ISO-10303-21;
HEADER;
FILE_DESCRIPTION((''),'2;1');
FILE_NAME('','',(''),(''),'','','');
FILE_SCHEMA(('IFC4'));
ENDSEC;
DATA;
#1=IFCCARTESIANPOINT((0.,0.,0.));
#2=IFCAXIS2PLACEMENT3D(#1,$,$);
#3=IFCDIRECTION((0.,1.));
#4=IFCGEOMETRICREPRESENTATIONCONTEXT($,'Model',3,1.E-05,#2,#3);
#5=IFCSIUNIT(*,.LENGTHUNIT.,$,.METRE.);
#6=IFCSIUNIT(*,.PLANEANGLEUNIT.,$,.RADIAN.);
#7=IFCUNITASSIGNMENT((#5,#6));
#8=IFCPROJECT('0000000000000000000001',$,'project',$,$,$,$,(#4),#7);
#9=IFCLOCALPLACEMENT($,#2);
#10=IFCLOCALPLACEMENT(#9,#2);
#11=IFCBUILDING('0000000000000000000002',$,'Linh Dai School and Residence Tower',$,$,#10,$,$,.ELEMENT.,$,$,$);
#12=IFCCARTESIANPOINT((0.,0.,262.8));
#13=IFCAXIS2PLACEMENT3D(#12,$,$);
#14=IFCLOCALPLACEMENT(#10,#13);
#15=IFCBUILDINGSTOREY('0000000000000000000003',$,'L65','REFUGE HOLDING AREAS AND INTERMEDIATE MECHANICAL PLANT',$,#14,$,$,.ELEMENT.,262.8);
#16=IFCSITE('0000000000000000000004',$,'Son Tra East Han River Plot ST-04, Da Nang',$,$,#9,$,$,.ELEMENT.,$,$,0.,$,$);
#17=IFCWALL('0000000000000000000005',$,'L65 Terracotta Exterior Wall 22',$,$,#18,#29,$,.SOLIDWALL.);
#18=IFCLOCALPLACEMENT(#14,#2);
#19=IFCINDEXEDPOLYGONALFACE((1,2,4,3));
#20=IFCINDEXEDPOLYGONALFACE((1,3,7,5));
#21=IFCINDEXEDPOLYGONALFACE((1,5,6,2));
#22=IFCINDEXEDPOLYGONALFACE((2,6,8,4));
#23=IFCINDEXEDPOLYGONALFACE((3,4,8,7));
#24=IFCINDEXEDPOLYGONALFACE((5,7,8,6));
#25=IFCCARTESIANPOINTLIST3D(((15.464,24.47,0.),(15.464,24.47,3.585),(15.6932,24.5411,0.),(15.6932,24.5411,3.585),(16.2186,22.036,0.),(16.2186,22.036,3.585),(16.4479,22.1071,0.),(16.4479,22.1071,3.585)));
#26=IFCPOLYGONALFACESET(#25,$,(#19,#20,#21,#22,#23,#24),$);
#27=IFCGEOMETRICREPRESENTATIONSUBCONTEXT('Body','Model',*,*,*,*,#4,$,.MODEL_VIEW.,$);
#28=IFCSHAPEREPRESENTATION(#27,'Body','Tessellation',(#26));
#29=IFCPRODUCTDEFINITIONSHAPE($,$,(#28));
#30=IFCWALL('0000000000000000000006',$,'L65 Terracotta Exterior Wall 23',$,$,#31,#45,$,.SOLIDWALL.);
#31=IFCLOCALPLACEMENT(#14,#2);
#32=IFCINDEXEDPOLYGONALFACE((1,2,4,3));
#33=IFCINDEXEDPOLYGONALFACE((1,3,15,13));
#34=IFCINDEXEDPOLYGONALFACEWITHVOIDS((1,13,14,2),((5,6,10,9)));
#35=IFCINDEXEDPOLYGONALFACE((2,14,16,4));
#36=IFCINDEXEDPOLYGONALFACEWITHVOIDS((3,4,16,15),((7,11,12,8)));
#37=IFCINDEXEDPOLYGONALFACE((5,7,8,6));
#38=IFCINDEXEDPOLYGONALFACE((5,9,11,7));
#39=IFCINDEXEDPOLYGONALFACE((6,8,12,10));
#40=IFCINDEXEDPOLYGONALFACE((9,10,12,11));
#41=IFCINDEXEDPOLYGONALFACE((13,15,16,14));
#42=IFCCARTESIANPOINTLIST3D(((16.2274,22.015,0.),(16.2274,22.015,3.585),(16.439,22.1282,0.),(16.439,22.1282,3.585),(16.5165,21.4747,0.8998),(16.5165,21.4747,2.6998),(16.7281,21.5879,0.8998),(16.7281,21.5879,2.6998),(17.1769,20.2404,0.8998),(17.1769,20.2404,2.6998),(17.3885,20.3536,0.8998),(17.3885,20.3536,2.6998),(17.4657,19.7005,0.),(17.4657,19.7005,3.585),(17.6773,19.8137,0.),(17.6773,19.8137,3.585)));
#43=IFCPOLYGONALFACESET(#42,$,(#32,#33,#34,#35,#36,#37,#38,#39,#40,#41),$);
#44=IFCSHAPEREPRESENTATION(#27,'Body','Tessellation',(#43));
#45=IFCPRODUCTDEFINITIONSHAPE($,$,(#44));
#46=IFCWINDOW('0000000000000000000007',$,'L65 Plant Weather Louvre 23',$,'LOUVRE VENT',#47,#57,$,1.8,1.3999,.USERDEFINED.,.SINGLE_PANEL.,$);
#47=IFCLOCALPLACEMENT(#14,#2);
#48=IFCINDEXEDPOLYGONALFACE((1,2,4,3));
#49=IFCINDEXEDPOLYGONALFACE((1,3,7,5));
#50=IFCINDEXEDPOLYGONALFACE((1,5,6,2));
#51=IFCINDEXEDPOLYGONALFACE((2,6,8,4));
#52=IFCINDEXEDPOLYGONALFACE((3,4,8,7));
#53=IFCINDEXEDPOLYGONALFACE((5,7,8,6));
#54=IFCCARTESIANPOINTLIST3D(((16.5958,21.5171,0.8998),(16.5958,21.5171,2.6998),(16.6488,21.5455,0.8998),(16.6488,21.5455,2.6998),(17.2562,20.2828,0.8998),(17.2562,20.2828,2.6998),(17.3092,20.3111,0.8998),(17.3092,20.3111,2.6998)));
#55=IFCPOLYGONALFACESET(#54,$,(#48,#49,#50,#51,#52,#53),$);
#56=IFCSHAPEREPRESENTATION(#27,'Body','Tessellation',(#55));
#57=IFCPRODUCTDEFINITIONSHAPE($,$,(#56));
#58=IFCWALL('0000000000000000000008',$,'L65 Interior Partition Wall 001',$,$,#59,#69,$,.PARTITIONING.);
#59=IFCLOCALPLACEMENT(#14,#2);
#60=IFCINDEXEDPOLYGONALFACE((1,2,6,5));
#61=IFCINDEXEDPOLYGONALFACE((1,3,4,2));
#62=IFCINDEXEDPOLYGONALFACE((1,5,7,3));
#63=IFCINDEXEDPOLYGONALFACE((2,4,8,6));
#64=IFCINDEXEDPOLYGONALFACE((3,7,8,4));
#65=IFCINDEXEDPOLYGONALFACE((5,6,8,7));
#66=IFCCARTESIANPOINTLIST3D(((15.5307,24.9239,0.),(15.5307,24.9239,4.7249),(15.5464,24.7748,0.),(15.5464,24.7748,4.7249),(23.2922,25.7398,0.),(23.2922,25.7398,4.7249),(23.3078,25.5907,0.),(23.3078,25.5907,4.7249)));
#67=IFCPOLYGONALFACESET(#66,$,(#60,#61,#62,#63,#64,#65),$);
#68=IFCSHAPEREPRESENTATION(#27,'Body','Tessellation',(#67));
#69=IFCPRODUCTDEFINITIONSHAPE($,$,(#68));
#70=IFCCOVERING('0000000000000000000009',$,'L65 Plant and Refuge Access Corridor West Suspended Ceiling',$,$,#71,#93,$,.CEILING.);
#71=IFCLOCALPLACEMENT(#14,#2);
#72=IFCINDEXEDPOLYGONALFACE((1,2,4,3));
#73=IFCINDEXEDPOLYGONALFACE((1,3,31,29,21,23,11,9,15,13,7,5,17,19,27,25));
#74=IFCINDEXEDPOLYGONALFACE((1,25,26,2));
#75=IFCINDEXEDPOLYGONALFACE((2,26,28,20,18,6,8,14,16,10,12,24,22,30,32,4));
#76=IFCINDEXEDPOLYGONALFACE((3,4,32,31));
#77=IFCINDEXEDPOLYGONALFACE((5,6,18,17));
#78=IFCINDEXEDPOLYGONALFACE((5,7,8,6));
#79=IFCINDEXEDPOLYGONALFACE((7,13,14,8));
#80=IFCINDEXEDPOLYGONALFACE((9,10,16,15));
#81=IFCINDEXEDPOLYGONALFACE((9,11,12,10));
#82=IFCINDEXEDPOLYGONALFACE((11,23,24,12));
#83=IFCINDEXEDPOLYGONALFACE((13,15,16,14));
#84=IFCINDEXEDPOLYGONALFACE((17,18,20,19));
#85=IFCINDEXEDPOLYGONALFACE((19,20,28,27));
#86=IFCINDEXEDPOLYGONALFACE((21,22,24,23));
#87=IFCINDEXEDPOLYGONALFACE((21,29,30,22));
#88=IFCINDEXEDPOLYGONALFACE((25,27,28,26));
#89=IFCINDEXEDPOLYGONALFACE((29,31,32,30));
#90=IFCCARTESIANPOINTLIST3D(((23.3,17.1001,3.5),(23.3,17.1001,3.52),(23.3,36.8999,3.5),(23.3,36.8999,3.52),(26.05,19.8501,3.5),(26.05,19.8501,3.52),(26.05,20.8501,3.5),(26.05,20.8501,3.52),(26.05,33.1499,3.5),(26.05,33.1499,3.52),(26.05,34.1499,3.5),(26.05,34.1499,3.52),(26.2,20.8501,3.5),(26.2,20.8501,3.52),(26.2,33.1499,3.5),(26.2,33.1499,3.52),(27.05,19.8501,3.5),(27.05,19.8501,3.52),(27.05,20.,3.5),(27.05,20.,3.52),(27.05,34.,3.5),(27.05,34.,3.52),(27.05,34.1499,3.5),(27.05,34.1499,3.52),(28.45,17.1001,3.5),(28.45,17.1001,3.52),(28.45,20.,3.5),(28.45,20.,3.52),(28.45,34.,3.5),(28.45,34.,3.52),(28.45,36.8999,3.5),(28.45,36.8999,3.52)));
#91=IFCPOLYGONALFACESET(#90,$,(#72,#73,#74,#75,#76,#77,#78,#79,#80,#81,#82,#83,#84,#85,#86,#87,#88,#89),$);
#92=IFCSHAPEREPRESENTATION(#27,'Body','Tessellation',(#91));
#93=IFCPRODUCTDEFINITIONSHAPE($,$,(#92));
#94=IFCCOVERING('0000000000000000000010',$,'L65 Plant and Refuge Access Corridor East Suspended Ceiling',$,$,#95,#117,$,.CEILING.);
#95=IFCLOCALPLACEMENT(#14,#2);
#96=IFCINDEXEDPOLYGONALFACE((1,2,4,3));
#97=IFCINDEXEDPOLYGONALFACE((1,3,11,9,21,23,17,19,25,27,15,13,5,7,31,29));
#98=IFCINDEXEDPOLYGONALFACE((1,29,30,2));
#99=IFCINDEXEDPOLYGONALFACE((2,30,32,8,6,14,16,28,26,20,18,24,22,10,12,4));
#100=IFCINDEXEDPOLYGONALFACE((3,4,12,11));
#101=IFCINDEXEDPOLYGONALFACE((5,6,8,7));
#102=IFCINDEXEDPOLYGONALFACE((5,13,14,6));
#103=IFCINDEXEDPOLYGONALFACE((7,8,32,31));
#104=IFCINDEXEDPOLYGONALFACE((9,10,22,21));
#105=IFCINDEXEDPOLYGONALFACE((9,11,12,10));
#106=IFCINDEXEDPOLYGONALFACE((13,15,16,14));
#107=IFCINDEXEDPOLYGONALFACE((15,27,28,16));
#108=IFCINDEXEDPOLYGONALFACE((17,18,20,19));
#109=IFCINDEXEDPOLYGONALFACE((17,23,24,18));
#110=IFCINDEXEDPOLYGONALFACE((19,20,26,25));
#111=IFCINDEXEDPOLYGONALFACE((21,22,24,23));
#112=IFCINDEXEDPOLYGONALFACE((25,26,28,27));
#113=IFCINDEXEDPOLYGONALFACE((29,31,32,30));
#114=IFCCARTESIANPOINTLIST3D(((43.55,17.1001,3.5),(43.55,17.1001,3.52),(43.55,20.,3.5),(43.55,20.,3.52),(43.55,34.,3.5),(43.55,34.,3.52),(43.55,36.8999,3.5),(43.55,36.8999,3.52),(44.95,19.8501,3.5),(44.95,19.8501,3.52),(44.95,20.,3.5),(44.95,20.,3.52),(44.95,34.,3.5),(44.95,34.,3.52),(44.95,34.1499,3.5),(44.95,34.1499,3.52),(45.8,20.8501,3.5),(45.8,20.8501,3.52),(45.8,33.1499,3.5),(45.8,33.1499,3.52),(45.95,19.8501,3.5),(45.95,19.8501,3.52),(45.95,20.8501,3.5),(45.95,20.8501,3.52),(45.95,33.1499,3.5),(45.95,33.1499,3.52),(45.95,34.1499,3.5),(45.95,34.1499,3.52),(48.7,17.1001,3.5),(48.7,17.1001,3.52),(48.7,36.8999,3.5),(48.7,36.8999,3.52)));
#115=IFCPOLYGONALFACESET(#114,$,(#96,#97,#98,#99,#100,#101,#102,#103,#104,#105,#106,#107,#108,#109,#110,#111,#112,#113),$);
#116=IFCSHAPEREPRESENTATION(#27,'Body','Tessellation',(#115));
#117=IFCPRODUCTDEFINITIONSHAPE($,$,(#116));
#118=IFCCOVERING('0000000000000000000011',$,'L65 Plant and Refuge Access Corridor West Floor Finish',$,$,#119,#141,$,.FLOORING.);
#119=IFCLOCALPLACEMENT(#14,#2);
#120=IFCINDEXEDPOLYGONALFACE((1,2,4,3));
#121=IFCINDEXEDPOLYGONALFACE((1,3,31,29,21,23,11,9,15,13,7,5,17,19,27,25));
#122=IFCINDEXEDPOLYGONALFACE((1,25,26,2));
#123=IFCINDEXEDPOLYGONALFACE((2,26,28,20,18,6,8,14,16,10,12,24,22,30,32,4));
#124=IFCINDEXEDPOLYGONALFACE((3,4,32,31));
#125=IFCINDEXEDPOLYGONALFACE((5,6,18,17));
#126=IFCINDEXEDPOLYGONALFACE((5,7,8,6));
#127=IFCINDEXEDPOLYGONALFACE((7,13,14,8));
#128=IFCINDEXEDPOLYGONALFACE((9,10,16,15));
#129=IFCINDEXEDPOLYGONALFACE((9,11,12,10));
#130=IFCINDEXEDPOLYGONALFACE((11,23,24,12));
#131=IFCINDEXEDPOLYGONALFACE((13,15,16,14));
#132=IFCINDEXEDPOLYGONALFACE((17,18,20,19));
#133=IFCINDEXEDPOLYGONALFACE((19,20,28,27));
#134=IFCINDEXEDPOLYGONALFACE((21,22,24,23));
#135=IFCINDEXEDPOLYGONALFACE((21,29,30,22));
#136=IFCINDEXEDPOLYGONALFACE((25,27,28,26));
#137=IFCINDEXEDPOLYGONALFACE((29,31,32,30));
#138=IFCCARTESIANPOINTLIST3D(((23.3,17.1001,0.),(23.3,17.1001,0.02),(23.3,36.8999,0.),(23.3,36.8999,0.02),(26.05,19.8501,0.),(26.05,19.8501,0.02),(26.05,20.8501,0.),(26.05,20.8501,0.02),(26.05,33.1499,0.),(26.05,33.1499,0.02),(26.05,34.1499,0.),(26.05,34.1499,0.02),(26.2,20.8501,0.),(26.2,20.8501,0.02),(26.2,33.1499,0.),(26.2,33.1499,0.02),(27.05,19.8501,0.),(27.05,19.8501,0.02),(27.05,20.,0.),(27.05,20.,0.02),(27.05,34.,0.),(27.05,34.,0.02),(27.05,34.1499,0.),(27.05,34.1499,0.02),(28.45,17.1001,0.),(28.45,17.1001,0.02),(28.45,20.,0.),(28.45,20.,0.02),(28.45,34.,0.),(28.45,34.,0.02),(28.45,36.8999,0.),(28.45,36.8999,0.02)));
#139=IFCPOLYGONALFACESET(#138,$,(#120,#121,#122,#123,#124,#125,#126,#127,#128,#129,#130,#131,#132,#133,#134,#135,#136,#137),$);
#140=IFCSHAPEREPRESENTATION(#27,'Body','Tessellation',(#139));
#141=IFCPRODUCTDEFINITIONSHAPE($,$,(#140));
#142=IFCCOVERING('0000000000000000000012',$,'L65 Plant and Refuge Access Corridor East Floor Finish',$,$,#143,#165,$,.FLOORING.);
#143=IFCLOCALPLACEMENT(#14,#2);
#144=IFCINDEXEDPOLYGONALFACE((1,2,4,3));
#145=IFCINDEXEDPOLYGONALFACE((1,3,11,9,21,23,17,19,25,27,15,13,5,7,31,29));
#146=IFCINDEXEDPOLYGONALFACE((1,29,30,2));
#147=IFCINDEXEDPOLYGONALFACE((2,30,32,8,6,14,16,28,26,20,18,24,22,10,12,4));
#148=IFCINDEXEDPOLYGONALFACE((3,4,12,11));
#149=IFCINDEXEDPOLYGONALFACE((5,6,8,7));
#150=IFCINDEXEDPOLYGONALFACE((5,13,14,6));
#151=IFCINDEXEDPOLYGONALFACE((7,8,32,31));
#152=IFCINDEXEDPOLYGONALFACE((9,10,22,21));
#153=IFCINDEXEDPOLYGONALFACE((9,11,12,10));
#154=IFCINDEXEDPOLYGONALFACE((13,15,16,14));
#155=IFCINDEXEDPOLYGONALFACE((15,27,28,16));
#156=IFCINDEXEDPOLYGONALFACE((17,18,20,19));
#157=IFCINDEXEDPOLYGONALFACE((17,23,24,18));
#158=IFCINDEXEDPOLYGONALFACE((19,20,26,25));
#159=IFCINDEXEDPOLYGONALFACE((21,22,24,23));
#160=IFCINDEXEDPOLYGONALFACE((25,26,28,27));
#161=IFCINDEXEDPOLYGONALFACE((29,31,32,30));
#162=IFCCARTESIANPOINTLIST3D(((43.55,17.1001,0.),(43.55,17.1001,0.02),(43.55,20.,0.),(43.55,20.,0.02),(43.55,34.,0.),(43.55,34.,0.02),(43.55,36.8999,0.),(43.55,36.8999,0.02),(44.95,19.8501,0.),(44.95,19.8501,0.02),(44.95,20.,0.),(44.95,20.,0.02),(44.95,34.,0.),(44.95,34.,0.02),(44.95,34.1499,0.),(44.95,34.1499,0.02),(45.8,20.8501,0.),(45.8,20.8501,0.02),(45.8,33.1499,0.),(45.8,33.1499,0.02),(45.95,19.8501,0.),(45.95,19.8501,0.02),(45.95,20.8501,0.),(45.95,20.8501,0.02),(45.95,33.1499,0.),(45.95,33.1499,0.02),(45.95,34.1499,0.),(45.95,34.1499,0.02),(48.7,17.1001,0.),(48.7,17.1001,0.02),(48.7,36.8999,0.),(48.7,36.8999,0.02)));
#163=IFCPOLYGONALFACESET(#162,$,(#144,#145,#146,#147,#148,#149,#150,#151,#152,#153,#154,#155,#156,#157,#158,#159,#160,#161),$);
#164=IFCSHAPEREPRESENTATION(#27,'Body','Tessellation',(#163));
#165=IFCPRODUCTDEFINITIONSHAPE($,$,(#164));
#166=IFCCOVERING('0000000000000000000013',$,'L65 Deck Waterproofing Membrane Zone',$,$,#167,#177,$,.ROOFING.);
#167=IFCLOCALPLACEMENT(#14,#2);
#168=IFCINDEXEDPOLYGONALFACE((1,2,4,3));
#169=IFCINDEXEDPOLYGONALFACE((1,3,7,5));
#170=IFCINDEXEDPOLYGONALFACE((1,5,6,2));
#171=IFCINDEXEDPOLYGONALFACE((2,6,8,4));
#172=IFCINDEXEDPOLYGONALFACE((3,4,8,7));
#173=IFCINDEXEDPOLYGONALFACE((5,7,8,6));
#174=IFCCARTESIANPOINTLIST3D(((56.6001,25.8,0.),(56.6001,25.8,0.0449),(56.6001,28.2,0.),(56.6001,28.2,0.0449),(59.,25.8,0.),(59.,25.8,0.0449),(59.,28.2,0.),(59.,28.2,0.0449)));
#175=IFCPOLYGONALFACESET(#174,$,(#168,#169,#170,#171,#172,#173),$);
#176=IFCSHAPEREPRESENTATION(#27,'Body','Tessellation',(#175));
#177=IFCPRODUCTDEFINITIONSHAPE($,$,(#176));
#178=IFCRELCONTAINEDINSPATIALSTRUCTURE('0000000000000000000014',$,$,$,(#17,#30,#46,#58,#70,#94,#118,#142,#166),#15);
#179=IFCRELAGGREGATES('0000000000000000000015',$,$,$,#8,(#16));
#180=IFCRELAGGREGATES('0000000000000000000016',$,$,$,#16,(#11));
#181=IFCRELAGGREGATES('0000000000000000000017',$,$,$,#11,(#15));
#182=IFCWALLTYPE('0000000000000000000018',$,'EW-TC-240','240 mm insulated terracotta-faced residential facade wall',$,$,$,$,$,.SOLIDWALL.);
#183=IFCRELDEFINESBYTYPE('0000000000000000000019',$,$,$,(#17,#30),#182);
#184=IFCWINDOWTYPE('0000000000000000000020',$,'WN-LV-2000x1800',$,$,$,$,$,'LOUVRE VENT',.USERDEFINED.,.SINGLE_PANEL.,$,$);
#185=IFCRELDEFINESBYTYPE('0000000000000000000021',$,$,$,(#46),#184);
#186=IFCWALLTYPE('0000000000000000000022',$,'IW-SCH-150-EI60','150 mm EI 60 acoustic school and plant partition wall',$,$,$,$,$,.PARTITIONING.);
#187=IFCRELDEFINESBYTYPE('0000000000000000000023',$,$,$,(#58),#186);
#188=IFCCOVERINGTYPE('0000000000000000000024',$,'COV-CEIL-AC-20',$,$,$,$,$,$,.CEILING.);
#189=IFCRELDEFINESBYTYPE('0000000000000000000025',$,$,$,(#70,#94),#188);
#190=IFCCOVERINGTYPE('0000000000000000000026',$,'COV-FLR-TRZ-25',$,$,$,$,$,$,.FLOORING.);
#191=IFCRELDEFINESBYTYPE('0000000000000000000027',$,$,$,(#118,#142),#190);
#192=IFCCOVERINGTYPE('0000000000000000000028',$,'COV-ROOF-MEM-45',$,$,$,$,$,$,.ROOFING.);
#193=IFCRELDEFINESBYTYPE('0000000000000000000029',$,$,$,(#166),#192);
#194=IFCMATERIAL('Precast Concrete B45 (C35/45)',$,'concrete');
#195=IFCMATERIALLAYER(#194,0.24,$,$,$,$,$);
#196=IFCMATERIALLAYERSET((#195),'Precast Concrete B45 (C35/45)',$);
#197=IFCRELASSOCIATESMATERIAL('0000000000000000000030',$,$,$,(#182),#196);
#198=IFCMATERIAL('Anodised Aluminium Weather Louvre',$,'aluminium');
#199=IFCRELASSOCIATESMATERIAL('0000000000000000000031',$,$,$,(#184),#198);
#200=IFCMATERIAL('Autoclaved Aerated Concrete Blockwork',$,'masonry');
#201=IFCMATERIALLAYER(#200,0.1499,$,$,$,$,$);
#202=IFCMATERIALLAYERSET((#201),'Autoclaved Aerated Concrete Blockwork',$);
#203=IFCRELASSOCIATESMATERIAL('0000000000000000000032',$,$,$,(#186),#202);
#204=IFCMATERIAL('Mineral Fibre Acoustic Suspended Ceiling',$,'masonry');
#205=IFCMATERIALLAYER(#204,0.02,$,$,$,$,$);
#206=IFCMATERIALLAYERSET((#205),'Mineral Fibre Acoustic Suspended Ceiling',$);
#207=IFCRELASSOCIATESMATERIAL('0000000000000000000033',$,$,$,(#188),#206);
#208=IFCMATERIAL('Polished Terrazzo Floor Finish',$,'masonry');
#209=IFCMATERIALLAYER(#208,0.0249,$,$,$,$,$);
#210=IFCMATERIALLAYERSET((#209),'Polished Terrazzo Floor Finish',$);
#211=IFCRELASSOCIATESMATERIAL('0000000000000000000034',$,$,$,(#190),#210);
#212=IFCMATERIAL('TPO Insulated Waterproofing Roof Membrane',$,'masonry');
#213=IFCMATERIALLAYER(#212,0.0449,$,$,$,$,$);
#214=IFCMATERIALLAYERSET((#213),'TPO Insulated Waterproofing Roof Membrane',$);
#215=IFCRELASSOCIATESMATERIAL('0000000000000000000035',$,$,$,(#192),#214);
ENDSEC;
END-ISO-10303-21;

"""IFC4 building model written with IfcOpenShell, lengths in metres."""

from ifc_helpers import new_model, si_unit, direction, frame, frame_2d, origin, origin_2d, place, context, subcontext, project, spatial, polyline, rectangle, outline, extrude, source, transform, mapped, material, layer, layer_set, type_object, element, fill, save


model = new_model("IFC4")

# Units and contexts
model_context = context("Model", 3, precision=1e-05, world=origin(), true_north=direction((0.0, 1.0)))
body_context = subcontext(model_context, "Body", "Model", "MODEL_VIEW")
ifc_project = project(units=[si_unit("LENGTHUNIT", "METRE"), si_unit("PLANEANGLEUNIT", "RADIAN")], contexts=[model_context])

# Site, building, storey
site_placement = place(None, origin())
site = spatial("IfcSite", under=ifc_project, at=site_placement, Name="Son Tra East Han River Plot ST-04, Da Nang", CompositionType="ELEMENT", RefElevation=0.0)
building_placement = place(site_placement, origin())
building = spatial("IfcBuilding", under=site, at=building_placement, Name="Linh Dai School and Residence Tower", CompositionType="ELEMENT")
storey_placement = place(building_placement, frame((0.0, 0.0, 262.8)))
storey = spatial("IfcBuildingStorey", under=building, at=storey_placement, Name="L65", Description="REFUGE HOLDING AREAS AND INTERMEDIATE MECHANICAL PLANT", CompositionType="ELEMENT", Elevation=262.8)

# Wall
ifc_material_1 = material(Name="Precast Concrete B45 (C35/45)", Category="concrete")
ifc_layer_1 = layer(ifc_material_1, 0.24)
ifc_layer_set_1 = layer_set([ifc_layer_1], Name="Precast Concrete B45 (C35/45)")
wall_type_1 = type_object("IfcWallType", Name="EW-TC-240", Description="240 mm insulated terracotta-faced residential facade wall", PredefinedType="SOLIDWALL", material=ifc_layer_set_1)
wall_1_placement = place(storey_placement, frame((16.3333, 22.0715, 0.0), z_axis=(0.0, 0.0, 1.0), x_axis=(-0.296125, 0.955149, 0.0)))
element("IfcWall", 1, at=wall_1_placement, inside=storey, type_object=wall_type_1, Name="L65 Terracotta Exterior Wall 22", PredefinedType="SOLIDWALL", context=body_context, shape_type="SweptSolid", body=[
    extrude(rectangle(XDim=2.5483, YDim=0.24, at=frame_2d((1.2742, 0.0))), origin(), (0.0, 0.0, 1.0), 3.585),
])

# Wall, opening, window
wall_2_placement = place(storey_placement, frame((17.5715, 19.7571, 0.0), z_axis=(0.0, 0.0, 1.0), x_axis=(-0.471746, 0.881734, 0.0)))
wall_2 = element("IfcWall", 2, at=wall_2_placement, inside=storey, type_object=wall_type_1, Name="L65 Terracotta Exterior Wall 23", PredefinedType="SOLIDWALL", context=body_context, shape_type="SweptSolid", body=[
    extrude(rectangle(XDim=2.625, YDim=0.24, at=frame_2d((1.3125, 0.0))), origin(), (0.0, 0.0, 1.0), 3.585),
])
opening_placement = place(wall_2_placement, frame((0.6123, 0.0, 0.8999)))
opening = element("IfcOpeningElement", 3, at=opening_placement, cuts=wall_2, PredefinedType="OPENING", context=body_context, shape_type="SweptSolid", body=[
    extrude(rectangle(XDim=1.3999, YDim=1.8, at=origin_2d()), frame((0.7, 0.1299, 0.8999), z_axis=(0.0, -1.0, 0.0), x_axis=(1.0, 0.0, 0.0)), (0.0, 0.0, 1.0), 0.26),
])
ifc_material_2 = material(Name="Anodised Aluminium Weather Louvre", Category="aluminium")
window_type = type_object("IfcWindowType", Name="WN-LV-2000x1800", ElementType="LOUVRE VENT", PartitioningType="SINGLE_PANEL", PredefinedType="USERDEFINED", material=ifc_material_2)
shared_shape_1 = source(origin(), body_context, "Body", "SweptSolid", [
    extrude(rectangle(XDim=1.3999, YDim=1.8, at=origin_2d()), frame((0.7, 0.03, 0.8999), z_axis=(0.0, -1.0, 0.0), x_axis=(1.0, 0.0, 0.0)), (0.0, 0.0, 1.0), 0.0601),
])
window_placement = place(opening_placement, origin())
window = element("IfcWindow", 4, at=window_placement, inside=storey, type_object=window_type, Name="L65 Plant Weather Louvre 23", ObjectType="LOUVRE VENT", OverallHeight=1.8, OverallWidth=1.3999, PartitioningType="SINGLE_PANEL", PredefinedType="USERDEFINED", context=body_context, shape_type="MappedRepresentation", body=[
    mapped(shared_shape_1, transform((0.0, 0.0, 0.0), x_axis=(1.0, 0.0, 0.0), y_axis=(0.0, 1.0, 0.0), z_axis=(0.0, 0.0, 1.0), scale=1.0)),
])
fill(opening, window)

# Wall
ifc_material_3 = material(Name="Autoclaved Aerated Concrete Blockwork", Category="masonry")
ifc_layer_2 = layer(ifc_material_3, 0.1499)
ifc_layer_set_2 = layer_set([ifc_layer_2], Name="Autoclaved Aerated Concrete Blockwork")
wall_type_2 = type_object("IfcWallType", Name="IW-SCH-150-EI60", Description="150 mm EI 60 acoustic school and plant partition wall", PredefinedType="PARTITIONING", material=ifc_layer_set_2)
wall_3_placement = place(storey_placement, frame((15.5386, 24.8494, 0.0), z_axis=(0.0, 0.0, 1.0), x_axis=(0.99452, 0.104548, 0.0)))
element("IfcWall", 5, at=wall_3_placement, inside=storey, type_object=wall_type_2, Name="L65 Interior Partition Wall 001", PredefinedType="PARTITIONING", context=body_context, shape_type="SweptSolid", body=[
    extrude(rectangle(XDim=7.8042, YDim=0.1499, at=frame_2d((3.9021, 0.0))), origin(), (0.0, 0.0, 1.0), 4.7249),
])

# Coverings
ifc_material_4 = material(Name="Mineral Fibre Acoustic Suspended Ceiling", Category="masonry")
ifc_layer_3 = layer(ifc_material_4, 0.02)
ifc_layer_set_3 = layer_set([ifc_layer_3], Name="Mineral Fibre Acoustic Suspended Ceiling")
covering_type_1 = type_object("IfcCoveringType", Name="COV-CEIL-AC-20", PredefinedType="CEILING", material=ifc_layer_set_3)
covering_1_placement = place(storey_placement, frame((0.0, 0.0, 3.5)))
element("IfcCovering", 6, at=covering_1_placement, inside=storey, type_object=covering_type_1, Name="L65 Plant and Refuge Access Corridor West Suspended Ceiling", PredefinedType="CEILING", context=body_context, shape_type="SweptSolid", body=[
    extrude(outline(polyline([(23.3, 36.8999), (28.45, 36.8999), (28.45, 34.0), (27.05, 34.0), (27.05, 34.1499), (26.05, 34.1499), (26.05, 33.1499), (26.2, 33.1499), (26.2, 20.8501), (26.05, 20.8501), (26.05, 19.8501), (27.05, 19.8501), (27.05, 20.0), (28.45, 20.0), (28.45, 17.1001), (23.3, 17.1001), (23.3, 36.8999)])), origin(), (0.0, 0.0, 1.0), 0.02),
])
covering_2_placement = place(storey_placement, frame((0.0, 0.0, 3.5)))
element("IfcCovering", 7, at=covering_2_placement, inside=storey, type_object=covering_type_1, Name="L65 Plant and Refuge Access Corridor East Suspended Ceiling", PredefinedType="CEILING", context=body_context, shape_type="SweptSolid", body=[
    extrude(outline(polyline([(43.55, 20.0), (44.95, 20.0), (44.95, 19.8501), (45.95, 19.8501), (45.95, 20.8501), (45.8, 20.8501), (45.8, 33.1499), (45.95, 33.1499), (45.95, 34.1499), (44.95, 34.1499), (44.95, 34.0), (43.55, 34.0), (43.55, 36.8999), (48.7, 36.8999), (48.7, 17.1001), (43.55, 17.1001), (43.55, 20.0)])), origin(), (0.0, 0.0, 1.0), 0.02),
])
ifc_material_5 = material(Name="Polished Terrazzo Floor Finish", Category="masonry")
ifc_layer_4 = layer(ifc_material_5, 0.0249)
ifc_layer_set_4 = layer_set([ifc_layer_4], Name="Polished Terrazzo Floor Finish")
covering_type_2 = type_object("IfcCoveringType", Name="COV-FLR-TRZ-25", PredefinedType="FLOORING", material=ifc_layer_set_4)
covering_3_placement = place(storey_placement, origin())
element("IfcCovering", 8, at=covering_3_placement, inside=storey, type_object=covering_type_2, Name="L65 Plant and Refuge Access Corridor West Floor Finish", PredefinedType="FLOORING", context=body_context, shape_type="SweptSolid", body=[
    extrude(outline(polyline([(23.3, 36.8999), (28.45, 36.8999), (28.45, 34.0), (27.05, 34.0), (27.05, 34.1499), (26.05, 34.1499), (26.05, 33.1499), (26.2, 33.1499), (26.2, 20.8501), (26.05, 20.8501), (26.05, 19.8501), (27.05, 19.8501), (27.05, 20.0), (28.45, 20.0), (28.45, 17.1001), (23.3, 17.1001), (23.3, 36.8999)])), origin(), (0.0, 0.0, 1.0), 0.02),
])
covering_4_placement = place(storey_placement, origin())
element("IfcCovering", 9, at=covering_4_placement, inside=storey, type_object=covering_type_2, Name="L65 Plant and Refuge Access Corridor East Floor Finish", PredefinedType="FLOORING", context=body_context, shape_type="SweptSolid", body=[
    extrude(outline(polyline([(43.55, 20.0), (44.95, 20.0), (44.95, 19.8501), (45.95, 19.8501), (45.95, 20.8501), (45.8, 20.8501), (45.8, 33.1499), (45.95, 33.1499), (45.95, 34.1499), (44.95, 34.1499), (44.95, 34.0), (43.55, 34.0), (43.55, 36.8999), (48.7, 36.8999), (48.7, 17.1001), (43.55, 17.1001), (43.55, 20.0)])), origin(), (0.0, 0.0, 1.0), 0.02),
])
ifc_material_6 = material(Name="TPO Insulated Waterproofing Roof Membrane", Category="masonry")
ifc_layer_5 = layer(ifc_material_6, 0.0449)
ifc_layer_set_5 = layer_set([ifc_layer_5], Name="TPO Insulated Waterproofing Roof Membrane")
covering_type_3 = type_object("IfcCoveringType", Name="COV-ROOF-MEM-45", PredefinedType="ROOFING", material=ifc_layer_set_5)
covering_5_placement = place(storey_placement, origin())
element("IfcCovering", 10, at=covering_5_placement, inside=storey, type_object=covering_type_3, Name="L65 Deck Waterproofing Membrane Zone", PredefinedType="ROOFING", context=body_context, shape_type="SweptSolid", body=[
    extrude(outline(polyline([(56.6001, 25.8), (59.0, 25.8), (59.0, 28.2), (56.6001, 28.2), (56.6001, 25.8)])), origin(), (0.0, 0.0, 1.0), 0.0449),
])

save(model, "model.ifc")
